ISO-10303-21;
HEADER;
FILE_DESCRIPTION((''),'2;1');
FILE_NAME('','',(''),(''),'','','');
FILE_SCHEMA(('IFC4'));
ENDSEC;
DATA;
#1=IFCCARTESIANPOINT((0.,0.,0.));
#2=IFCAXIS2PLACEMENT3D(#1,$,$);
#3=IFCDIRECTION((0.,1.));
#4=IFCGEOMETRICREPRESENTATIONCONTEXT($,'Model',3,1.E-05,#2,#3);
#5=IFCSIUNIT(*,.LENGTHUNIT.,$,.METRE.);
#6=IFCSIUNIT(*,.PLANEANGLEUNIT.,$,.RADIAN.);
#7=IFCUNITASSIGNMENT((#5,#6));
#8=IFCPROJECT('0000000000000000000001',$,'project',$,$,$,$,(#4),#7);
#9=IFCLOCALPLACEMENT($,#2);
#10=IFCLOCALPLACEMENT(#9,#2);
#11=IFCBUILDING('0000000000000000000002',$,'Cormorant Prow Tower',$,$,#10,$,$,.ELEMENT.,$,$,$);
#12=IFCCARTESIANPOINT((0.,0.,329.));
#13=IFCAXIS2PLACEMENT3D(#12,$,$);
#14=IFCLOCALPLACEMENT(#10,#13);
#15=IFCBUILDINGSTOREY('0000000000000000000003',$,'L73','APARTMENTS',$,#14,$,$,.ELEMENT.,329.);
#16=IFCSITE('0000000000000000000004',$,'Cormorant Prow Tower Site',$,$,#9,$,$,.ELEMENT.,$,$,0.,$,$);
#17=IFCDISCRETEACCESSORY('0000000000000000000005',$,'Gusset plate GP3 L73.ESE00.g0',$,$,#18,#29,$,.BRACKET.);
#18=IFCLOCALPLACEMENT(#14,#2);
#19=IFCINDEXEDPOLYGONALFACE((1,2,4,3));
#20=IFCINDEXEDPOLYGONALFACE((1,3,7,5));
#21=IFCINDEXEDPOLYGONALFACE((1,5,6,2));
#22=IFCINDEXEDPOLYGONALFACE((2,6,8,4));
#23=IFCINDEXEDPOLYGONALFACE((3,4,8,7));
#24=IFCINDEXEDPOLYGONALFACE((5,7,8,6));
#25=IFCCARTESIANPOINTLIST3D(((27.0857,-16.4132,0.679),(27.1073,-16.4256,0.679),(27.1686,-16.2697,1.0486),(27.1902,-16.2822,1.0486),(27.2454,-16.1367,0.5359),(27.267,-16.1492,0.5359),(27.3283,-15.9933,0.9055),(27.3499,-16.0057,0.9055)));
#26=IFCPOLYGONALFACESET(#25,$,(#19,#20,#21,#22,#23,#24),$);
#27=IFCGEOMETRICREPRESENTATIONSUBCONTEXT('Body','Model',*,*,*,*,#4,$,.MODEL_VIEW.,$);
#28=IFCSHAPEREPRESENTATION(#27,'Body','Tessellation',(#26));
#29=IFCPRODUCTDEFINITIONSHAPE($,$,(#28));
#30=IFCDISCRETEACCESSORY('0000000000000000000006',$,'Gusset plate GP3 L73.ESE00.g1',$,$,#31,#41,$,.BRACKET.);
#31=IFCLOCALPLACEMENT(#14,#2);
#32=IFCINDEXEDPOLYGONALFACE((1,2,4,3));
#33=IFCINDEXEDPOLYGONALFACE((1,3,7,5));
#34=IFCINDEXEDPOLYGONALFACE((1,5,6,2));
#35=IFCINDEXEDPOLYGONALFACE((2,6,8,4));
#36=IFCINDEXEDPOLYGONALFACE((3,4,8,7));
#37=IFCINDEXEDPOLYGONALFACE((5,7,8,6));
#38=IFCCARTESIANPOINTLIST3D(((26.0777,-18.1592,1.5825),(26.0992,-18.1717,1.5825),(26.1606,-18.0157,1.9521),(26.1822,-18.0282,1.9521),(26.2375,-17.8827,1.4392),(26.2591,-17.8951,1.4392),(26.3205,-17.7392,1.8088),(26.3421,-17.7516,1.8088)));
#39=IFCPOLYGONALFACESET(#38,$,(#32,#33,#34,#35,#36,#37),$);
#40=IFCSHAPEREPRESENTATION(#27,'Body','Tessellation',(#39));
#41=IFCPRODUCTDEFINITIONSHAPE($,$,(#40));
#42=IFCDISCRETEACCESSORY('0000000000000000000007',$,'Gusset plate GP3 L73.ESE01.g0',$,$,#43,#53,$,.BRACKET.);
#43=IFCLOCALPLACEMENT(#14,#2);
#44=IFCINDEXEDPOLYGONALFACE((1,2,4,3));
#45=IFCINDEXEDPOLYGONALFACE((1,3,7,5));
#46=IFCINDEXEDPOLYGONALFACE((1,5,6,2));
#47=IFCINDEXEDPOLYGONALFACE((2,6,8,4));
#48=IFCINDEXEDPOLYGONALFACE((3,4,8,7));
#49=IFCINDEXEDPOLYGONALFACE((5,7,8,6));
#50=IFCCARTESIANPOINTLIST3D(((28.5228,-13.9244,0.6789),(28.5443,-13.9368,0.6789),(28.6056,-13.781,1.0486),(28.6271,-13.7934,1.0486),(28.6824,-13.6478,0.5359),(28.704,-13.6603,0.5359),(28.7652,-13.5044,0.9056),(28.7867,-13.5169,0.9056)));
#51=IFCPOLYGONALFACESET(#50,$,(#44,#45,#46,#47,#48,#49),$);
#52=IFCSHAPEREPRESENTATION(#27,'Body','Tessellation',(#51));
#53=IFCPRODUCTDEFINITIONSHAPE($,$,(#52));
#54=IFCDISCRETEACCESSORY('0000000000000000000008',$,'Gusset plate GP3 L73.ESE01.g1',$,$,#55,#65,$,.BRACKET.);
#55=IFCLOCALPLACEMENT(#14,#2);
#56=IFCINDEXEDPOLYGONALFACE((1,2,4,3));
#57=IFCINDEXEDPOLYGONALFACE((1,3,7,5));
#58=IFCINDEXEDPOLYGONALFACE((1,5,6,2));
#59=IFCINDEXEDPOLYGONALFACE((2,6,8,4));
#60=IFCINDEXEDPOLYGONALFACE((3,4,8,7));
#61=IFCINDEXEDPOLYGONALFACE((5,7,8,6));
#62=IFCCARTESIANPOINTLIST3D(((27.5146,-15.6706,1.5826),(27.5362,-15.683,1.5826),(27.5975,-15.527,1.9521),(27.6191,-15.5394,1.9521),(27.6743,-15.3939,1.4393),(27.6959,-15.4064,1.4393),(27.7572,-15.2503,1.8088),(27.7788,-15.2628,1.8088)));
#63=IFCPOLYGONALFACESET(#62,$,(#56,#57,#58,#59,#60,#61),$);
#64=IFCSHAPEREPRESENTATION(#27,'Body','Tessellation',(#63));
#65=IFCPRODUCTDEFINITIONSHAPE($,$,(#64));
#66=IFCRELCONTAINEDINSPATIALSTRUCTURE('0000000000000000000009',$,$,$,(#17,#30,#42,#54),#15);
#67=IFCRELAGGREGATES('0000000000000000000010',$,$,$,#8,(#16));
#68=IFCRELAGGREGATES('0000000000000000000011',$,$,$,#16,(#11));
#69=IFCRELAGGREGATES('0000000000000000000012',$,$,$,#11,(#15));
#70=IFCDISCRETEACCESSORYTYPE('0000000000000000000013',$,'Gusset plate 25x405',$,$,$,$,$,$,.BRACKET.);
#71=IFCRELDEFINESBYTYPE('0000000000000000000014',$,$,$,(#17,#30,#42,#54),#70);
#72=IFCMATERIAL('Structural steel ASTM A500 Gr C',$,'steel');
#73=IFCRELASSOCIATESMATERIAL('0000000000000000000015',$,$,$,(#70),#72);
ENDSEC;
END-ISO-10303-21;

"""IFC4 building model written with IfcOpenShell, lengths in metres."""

from ifc_helpers import new_model, si_unit, direction, frame, origin, origin_2d, place, context, subcontext, project, spatial, rectangle, extrude, material, material_profile, profile_set, type_object, element, save


model = new_model("IFC4")

# Units and contexts
model_context = context("Model", 3, precision=1e-05, world=origin(), true_north=direction((0.0, 1.0)))
body_context = subcontext(model_context, "Body", "Model", "MODEL_VIEW")
ifc_project = project(units=[si_unit("LENGTHUNIT", "METRE"), si_unit("PLANEANGLEUNIT", "RADIAN")], contexts=[model_context])

# Site, building, storey
site_placement = place(None, origin())
site = spatial("IfcSite", under=ifc_project, at=site_placement, Name="Cormorant Prow Tower Site", CompositionType="ELEMENT", RefElevation=0.0)
building_placement = place(site_placement, origin())
building = spatial("IfcBuilding", under=site, at=building_placement, Name="Cormorant Prow Tower", CompositionType="ELEMENT")
storey_placement = place(building_placement, frame((0.0, 0.0, 329.0)))
storey = spatial("IfcBuildingStorey", under=building, at=storey_placement, Name="L73", Description="APARTMENTS", CompositionType="ELEMENT", Elevation=329.0)

# Discrete accessories
ifc_material_1 = material(Name="Structural steel ASTM A500 Gr C", Category="steel")
ifc_material_profile_1 = material_profile(ifc_material_1, rectangle(XDim=0.0249, YDim=0.405, at=origin_2d()), Name="Gusset plate 25x405")
ifc_profile_set_1 = profile_set([ifc_material_profile_1], Name="Structural steel ASTM A500 Gr C")
discrete_accessory_type = type_object("IfcDiscreteAccessoryType", Name="Gusset plate 25x405", PredefinedType="BRACKET", material=ifc_profile_set_1)
discrete_accessory_1_placement = place(storey_placement, frame((27.1379, -16.3477, 0.8638), z_axis=(0.456491, 0.790135, -0.409027), x_axis=(-0.86588, 0.500252, 0.0)))
element("IfcDiscreteAccessory", 1, at=discrete_accessory_1_placement, inside=storey, type_object=discrete_accessory_type, Name="Gusset plate GP3 L73.ESE00.g0", PredefinedType="BRACKET", context=body_context, shape_type="SweptSolid", body=[
    extrude(rectangle(XDim=0.0249, YDim=0.405, at=origin_2d()), origin(), (0.0, 0.0, 1.0), 0.3499),
])
discrete_accessory_2_placement = place(storey_placement, frame((26.2898, -17.8171, 1.624), z_axis=(-0.456661, -0.78992, 0.409252), x_axis=(0.86574, -0.500494, 0.0)))
element("IfcDiscreteAccessory", 2, at=discrete_accessory_2_placement, inside=storey, type_object=discrete_accessory_type, Name="Gusset plate GP3 L73.ESE00.g1", PredefinedType="BRACKET", context=body_context, shape_type="SweptSolid", body=[
    extrude(rectangle(XDim=0.0249, YDim=0.405, at=origin_2d()), origin(), (0.0, 0.0, 1.0), 0.3501),
])
discrete_accessory_3_placement = place(storey_placement, frame((28.575, -13.8589, 0.8638), z_axis=(0.456239, 0.790397, -0.408802), x_axis=(-0.866071, 0.499921, 0.0)))
element("IfcDiscreteAccessory", 3, at=discrete_accessory_3_placement, inside=storey, type_object=discrete_accessory_type, Name="Gusset plate GP3 L73.ESE01.g0", PredefinedType="BRACKET", context=body_context, shape_type="SweptSolid", body=[
    extrude(rectangle(XDim=0.0249, YDim=0.405, at=origin_2d()), origin(), (0.0, 0.0, 1.0), 0.3499),
])
discrete_accessory_4_placement = place(storey_placement, frame((27.7266, -15.3284, 1.624), z_axis=(-0.456109, -0.790171, 0.409383), x_axis=(0.866071, -0.499921, 0.0)))
element("IfcDiscreteAccessory", 4, at=discrete_accessory_4_placement, inside=storey, type_object=discrete_accessory_type, Name="Gusset plate GP3 L73.ESE01.g1", PredefinedType="BRACKET", context=body_context, shape_type="SweptSolid", body=[
    extrude(rectangle(XDim=0.0249, YDim=0.405, at=origin_2d()), origin(), (0.0, 0.0, 1.0), 0.3501),
])

save(model, "model.ifc")
